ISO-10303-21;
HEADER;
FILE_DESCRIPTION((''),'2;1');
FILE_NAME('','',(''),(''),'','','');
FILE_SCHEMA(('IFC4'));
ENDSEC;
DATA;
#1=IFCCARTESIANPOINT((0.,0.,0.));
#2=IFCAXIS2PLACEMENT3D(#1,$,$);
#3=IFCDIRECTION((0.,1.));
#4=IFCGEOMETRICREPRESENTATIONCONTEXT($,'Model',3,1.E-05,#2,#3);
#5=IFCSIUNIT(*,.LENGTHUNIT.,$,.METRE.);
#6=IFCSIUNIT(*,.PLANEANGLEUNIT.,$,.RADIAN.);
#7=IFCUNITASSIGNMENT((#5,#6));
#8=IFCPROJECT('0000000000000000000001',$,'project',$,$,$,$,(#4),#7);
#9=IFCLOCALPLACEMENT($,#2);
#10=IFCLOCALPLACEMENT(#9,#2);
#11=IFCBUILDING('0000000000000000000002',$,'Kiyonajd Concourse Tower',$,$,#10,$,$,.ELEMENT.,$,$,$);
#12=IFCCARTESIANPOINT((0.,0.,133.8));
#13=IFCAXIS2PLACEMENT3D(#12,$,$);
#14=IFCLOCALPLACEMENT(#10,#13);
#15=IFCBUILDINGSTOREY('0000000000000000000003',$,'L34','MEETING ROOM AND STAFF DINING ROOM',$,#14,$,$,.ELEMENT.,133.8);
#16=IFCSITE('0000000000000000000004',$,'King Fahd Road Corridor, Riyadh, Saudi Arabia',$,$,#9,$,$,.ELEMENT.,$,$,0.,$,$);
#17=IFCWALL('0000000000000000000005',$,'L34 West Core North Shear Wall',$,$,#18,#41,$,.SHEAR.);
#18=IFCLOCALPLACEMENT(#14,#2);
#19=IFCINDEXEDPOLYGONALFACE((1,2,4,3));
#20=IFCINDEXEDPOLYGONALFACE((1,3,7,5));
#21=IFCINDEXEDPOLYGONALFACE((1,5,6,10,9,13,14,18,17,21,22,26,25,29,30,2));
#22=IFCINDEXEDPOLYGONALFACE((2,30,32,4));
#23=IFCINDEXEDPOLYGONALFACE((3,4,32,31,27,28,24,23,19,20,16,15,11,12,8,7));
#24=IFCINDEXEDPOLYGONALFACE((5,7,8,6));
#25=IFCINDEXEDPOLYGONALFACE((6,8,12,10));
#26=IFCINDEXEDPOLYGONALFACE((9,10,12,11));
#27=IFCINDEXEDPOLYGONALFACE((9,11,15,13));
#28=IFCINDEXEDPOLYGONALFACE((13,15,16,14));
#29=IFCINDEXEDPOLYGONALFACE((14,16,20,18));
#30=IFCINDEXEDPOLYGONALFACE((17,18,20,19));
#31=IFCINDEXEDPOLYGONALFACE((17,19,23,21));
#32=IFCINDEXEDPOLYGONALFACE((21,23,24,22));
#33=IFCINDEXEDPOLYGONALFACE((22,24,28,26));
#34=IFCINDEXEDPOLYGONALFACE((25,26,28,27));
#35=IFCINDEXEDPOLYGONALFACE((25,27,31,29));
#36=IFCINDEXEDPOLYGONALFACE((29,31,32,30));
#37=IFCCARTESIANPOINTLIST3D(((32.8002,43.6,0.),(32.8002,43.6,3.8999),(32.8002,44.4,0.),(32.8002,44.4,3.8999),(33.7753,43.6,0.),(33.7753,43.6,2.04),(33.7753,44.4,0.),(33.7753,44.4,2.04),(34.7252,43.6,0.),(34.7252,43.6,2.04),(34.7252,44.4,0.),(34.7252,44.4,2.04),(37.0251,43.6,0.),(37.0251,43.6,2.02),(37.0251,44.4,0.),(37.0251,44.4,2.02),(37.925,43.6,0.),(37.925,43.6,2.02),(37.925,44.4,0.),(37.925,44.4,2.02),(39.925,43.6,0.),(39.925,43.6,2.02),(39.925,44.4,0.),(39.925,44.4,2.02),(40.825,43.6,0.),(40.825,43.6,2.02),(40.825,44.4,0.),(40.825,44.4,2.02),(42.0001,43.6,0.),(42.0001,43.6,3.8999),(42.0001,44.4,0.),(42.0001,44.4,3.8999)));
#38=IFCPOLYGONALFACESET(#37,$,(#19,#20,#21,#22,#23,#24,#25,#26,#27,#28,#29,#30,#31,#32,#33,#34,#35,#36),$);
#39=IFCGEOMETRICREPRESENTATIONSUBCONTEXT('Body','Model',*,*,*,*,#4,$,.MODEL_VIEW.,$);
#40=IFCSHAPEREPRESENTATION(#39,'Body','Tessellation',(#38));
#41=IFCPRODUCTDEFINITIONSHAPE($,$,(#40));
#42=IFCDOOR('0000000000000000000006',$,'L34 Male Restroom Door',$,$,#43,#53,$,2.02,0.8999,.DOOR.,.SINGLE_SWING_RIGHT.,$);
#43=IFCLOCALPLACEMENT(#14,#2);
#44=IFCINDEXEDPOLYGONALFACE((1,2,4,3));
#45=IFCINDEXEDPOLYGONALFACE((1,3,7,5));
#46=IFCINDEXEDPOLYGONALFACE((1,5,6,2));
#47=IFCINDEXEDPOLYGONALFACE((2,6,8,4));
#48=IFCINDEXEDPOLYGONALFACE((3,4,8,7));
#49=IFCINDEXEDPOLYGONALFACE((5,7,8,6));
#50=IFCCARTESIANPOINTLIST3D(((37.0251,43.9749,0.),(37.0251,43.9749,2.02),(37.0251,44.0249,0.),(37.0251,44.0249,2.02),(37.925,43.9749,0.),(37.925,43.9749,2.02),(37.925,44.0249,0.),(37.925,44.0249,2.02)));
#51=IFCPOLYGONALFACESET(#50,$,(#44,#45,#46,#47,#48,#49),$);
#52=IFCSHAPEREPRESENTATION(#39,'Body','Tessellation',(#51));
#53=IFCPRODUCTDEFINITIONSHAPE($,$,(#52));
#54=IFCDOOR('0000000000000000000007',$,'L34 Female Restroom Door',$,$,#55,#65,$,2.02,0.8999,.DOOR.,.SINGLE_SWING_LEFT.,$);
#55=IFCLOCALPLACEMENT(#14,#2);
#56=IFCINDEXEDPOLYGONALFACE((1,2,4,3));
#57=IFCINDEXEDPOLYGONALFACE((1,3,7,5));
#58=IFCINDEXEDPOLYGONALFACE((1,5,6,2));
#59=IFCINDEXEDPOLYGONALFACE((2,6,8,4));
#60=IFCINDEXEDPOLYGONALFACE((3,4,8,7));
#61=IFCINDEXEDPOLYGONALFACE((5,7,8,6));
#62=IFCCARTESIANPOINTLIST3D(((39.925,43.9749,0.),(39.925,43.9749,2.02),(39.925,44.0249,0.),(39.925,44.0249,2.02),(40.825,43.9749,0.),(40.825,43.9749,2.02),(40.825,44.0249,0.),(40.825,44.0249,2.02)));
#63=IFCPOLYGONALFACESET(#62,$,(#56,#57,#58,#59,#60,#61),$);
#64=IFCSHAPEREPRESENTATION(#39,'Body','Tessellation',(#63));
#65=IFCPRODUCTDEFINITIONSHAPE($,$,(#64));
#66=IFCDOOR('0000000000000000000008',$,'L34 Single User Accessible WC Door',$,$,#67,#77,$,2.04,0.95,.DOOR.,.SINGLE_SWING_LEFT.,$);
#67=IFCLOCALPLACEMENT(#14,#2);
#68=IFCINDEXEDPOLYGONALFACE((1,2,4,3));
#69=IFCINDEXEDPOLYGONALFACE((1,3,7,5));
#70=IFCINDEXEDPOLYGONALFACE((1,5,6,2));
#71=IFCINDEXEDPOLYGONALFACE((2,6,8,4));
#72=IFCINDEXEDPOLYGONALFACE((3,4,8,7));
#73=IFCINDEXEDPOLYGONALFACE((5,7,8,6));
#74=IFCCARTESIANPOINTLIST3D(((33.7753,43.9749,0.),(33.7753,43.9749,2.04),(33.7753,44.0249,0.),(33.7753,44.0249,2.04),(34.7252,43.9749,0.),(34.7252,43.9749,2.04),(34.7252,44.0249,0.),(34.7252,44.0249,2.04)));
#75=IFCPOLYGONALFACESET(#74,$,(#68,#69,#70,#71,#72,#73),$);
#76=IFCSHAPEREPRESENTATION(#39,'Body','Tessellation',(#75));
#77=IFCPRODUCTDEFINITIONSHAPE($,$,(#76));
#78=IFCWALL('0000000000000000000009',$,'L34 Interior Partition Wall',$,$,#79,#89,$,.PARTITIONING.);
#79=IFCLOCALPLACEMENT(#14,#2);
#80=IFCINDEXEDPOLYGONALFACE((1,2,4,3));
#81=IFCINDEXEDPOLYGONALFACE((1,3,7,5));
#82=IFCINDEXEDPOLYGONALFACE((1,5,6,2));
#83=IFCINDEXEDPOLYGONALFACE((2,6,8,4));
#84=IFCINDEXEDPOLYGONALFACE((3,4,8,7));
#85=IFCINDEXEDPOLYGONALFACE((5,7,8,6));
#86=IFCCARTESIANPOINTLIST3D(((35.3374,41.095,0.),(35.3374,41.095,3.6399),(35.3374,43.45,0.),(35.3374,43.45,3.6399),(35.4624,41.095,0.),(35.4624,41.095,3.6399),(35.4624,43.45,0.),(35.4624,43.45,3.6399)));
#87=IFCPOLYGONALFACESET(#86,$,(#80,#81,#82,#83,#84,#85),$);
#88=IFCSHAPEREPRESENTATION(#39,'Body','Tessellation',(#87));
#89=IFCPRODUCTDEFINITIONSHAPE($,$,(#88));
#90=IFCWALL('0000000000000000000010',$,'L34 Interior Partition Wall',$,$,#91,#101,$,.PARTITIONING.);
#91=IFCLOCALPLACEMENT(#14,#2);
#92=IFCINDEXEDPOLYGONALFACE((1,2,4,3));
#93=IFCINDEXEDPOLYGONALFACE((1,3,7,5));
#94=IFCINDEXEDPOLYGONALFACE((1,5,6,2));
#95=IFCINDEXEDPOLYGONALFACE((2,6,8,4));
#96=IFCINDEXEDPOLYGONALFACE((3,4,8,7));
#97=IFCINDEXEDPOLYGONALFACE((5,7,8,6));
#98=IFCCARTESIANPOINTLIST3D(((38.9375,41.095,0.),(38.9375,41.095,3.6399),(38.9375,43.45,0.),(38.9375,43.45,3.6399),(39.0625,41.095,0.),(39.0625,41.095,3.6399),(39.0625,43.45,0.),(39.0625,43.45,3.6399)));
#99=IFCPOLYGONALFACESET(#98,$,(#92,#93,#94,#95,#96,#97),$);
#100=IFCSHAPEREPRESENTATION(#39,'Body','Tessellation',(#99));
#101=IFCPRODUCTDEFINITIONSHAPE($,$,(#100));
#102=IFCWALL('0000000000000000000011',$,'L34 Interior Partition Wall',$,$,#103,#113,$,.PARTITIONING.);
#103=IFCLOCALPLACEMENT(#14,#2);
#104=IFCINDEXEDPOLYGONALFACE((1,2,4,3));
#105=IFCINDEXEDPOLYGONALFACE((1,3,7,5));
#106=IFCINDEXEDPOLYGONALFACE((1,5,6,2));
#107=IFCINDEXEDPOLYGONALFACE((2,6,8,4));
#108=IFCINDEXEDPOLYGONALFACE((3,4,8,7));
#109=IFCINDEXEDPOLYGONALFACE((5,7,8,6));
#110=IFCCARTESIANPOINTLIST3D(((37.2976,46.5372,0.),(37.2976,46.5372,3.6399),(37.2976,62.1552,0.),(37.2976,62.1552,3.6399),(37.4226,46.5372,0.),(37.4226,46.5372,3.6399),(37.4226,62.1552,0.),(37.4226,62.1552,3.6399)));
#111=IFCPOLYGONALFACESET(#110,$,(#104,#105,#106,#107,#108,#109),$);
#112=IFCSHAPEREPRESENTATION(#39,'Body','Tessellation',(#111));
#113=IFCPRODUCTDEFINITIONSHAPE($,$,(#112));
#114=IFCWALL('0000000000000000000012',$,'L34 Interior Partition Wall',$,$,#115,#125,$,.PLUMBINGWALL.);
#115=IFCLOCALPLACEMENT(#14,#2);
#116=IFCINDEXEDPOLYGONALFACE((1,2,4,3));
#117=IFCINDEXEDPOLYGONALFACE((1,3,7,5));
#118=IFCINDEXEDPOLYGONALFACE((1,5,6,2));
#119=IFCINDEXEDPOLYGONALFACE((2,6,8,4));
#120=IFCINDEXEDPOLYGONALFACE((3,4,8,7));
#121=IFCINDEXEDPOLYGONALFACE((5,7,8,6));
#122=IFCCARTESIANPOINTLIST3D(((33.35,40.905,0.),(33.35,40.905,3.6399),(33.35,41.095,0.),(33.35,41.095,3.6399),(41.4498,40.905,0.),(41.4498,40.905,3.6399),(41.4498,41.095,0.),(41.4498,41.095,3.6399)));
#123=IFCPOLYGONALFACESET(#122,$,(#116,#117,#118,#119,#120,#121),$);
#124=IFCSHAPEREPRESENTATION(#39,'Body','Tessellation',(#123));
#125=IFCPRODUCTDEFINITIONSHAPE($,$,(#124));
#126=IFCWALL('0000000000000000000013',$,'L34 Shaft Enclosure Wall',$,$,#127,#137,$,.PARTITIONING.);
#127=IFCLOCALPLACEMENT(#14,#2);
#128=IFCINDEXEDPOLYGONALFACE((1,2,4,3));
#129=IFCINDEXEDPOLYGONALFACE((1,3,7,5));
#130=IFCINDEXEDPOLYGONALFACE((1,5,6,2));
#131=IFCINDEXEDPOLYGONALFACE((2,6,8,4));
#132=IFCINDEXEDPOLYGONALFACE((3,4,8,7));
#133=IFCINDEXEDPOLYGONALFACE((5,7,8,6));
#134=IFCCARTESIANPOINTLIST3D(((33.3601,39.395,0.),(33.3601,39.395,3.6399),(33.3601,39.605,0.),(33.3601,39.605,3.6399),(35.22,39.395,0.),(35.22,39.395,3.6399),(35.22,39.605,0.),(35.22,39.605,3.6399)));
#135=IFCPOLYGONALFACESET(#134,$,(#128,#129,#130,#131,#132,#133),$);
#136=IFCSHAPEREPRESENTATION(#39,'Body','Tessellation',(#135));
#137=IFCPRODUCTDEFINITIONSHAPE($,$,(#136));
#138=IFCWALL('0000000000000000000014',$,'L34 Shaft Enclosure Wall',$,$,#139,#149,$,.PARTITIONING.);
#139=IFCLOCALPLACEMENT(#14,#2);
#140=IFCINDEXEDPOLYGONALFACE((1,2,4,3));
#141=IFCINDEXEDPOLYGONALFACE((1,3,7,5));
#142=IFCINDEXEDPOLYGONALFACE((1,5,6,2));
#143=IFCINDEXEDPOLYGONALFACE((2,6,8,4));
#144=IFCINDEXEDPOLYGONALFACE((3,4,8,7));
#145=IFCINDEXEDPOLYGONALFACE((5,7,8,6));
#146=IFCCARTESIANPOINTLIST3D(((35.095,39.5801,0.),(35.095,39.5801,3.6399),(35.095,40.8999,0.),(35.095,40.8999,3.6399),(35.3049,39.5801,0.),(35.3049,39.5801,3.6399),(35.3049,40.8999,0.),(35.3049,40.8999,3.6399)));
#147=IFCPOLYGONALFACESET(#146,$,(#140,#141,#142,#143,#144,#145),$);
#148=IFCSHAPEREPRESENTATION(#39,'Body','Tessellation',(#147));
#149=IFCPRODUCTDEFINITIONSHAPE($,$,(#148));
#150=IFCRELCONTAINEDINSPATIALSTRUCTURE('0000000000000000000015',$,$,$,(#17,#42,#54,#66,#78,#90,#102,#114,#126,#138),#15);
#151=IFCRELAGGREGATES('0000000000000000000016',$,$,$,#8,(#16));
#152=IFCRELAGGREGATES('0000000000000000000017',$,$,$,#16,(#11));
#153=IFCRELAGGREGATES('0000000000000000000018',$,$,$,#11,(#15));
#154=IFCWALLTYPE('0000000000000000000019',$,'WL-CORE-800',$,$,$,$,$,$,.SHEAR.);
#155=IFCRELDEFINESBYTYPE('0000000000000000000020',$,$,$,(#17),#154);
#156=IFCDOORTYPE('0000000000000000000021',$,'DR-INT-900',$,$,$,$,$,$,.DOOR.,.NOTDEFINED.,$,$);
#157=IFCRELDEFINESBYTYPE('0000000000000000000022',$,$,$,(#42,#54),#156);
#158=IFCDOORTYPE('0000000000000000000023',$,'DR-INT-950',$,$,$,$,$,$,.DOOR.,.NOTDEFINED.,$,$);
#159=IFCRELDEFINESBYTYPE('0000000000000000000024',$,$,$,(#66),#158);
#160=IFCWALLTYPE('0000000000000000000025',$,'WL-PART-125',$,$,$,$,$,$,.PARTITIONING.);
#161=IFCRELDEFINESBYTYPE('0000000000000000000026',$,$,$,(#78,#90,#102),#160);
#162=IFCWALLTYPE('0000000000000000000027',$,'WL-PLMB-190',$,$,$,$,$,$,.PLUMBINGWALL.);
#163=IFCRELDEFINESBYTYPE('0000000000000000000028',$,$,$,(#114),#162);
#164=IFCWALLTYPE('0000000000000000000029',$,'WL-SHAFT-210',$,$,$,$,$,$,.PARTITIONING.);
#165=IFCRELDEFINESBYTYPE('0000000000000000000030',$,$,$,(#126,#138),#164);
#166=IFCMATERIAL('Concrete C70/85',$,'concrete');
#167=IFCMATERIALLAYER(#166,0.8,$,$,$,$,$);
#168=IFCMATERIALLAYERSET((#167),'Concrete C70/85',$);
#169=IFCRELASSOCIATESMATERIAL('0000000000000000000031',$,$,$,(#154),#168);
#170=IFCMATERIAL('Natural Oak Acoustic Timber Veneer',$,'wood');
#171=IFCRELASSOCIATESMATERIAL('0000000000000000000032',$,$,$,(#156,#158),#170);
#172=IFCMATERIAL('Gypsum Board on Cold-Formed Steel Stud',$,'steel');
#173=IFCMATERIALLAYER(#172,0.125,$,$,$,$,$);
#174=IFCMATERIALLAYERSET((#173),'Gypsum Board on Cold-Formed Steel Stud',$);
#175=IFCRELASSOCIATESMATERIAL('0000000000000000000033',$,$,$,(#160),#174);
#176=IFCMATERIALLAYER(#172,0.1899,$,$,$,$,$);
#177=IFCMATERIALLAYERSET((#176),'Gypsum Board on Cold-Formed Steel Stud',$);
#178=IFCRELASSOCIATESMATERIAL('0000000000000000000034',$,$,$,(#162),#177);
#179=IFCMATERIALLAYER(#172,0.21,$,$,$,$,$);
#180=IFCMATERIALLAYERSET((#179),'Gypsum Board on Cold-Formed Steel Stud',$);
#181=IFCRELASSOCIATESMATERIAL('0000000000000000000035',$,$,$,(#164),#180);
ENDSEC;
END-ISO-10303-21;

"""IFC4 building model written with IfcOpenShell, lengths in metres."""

from ifc_helpers import new_model, si_unit, direction, frame, frame_2d, origin, place, context, subcontext, project, spatial, rectangle, extrude, material, layer, layer_set, type_object, element, fill, save


model = new_model("IFC4")

# Units and contexts
model_context = context("Model", 3, precision=1e-05, world=origin(), true_north=direction((0.0, 1.0)))
body_context = subcontext(model_context, "Body", "Model", "MODEL_VIEW")
ifc_project = project(units=[si_unit("LENGTHUNIT", "METRE"), si_unit("PLANEANGLEUNIT", "RADIAN")], contexts=[model_context])

# Site, building, storey
site_placement = place(None, origin())
site = spatial("IfcSite", under=ifc_project, at=site_placement, Name="King Fahd Road Corridor, Riyadh, Saudi Arabia", CompositionType="ELEMENT", RefElevation=0.0)
building_placement = place(site_placement, origin())
building = spatial("IfcBuilding", under=site, at=building_placement, Name="Kiyonajd Concourse Tower", CompositionType="ELEMENT")
storey_placement = place(building_placement, frame((0.0, 0.0, 133.8)))
storey = spatial("IfcBuildingStorey", under=building, at=storey_placement, Name="L34", Description="MEETING ROOM AND STAFF DINING ROOM", CompositionType="ELEMENT", Elevation=133.8)

# Shared definitions
ifc_material_1 = material(Name="Concrete C70/85", Category="concrete")

# Shared definitions
ifc_layer_1 = layer(ifc_material_1, 0.8)
ifc_layer_set_1 = layer_set([ifc_layer_1], Name="Concrete C70/85")
wall_type_1 = type_object("IfcWallType", Name="WL-CORE-800", PredefinedType="SHEAR", material=ifc_layer_set_1)

# Wall, openings, doors
wall_1_placement = place(storey_placement, frame((32.8, 44.0, 0.0), z_axis=(0.0, 0.0, 1.0), x_axis=(1.0, 0.0, 0.0)))
wall_1 = element("IfcWall", 1, at=wall_1_placement, inside=storey, type_object=wall_type_1, Name="L34 West Core North Shear Wall", PredefinedType="SHEAR", context=body_context, shape_type="SweptSolid", body=[
    extrude(rectangle(XDim=9.2, YDim=0.8, at=frame_2d((4.6001, 0.0))), origin(), (0.0, 0.0, 1.0), 3.8999),
])
opening_1_placement = place(wall_1_placement, frame((0.9751, 0.0, 0.0)))
opening_1 = element("IfcOpeningElement", 2, at=opening_1_placement, cuts=wall_1, PredefinedType="OPENING", context=body_context, shape_type="SweptSolid", body=[
    extrude(rectangle(XDim=0.95, YDim=2.04, at=frame_2d((0.4751, 1.02))), frame((0.0, 0.4099, 0.0), z_axis=(0.0, -1.0, 0.0), x_axis=(1.0, 0.0, 0.0)), (0.0, 0.0, 1.0), 0.8201),
])
opening_2_placement = place(wall_1_placement, frame((4.2251, 0.0, 0.0)))
opening_2 = element("IfcOpeningElement", 3, at=opening_2_placement, cuts=wall_1, PredefinedType="OPENING", context=body_context, shape_type="SweptSolid", body=[
    extrude(rectangle(XDim=0.8999, YDim=2.02, at=frame_2d((0.45, 1.01))), frame((0.0, 0.4099, 0.0), z_axis=(0.0, -1.0, 0.0), x_axis=(1.0, 0.0, 0.0)), (0.0, 0.0, 1.0), 0.8201),
])
opening_3_placement = place(wall_1_placement, frame((7.125, 0.0, 0.0)))
opening_3 = element("IfcOpeningElement", 4, at=opening_3_placement, cuts=wall_1, PredefinedType="OPENING", context=body_context, shape_type="SweptSolid", body=[
    extrude(rectangle(XDim=0.8999, YDim=2.02, at=frame_2d((0.45, 1.01))), frame((0.0, 0.4099, 0.0), z_axis=(0.0, -1.0, 0.0), x_axis=(1.0, 0.0, 0.0)), (0.0, 0.0, 1.0), 0.8201),
])
ifc_material_2 = material(Name="Natural Oak Acoustic Timber Veneer", Category="wood")
door_type_1 = type_object("IfcDoorType", Name="DR-INT-900", OperationType="NOTDEFINED", PredefinedType="DOOR", material=ifc_material_2)
door_1_placement = place(opening_2_placement, origin())
door_1 = element("IfcDoor", 5, at=door_1_placement, inside=storey, type_object=door_type_1, Name="L34 Male Restroom Door", OperationType="SINGLE_SWING_RIGHT", OverallHeight=2.02, OverallWidth=0.8999, PredefinedType="DOOR", context=body_context, shape_type="SweptSolid", body=[
    extrude(rectangle(XDim=0.8999, YDim=2.02, at=frame_2d((0.45, 1.01))), frame((0.0, 0.0249, 0.0), z_axis=(0.0, -1.0, 0.0), x_axis=(1.0, 0.0, 0.0)), (0.0, 0.0, 1.0), 0.05),
])
fill(opening_2, door_1)
door_2_placement = place(opening_3_placement, origin())
door_2 = element("IfcDoor", 6, at=door_2_placement, inside=storey, type_object=door_type_1, Name="L34 Female Restroom Door", OperationType="SINGLE_SWING_LEFT", OverallHeight=2.02, OverallWidth=0.8999, PredefinedType="DOOR", context=body_context, shape_type="SweptSolid", body=[
    extrude(rectangle(XDim=0.8999, YDim=2.02, at=frame_2d((0.45, 1.01))), frame((0.0, 0.0249, 0.0), z_axis=(0.0, -1.0, 0.0), x_axis=(1.0, 0.0, 0.0)), (0.0, 0.0, 1.0), 0.05),
])
fill(opening_3, door_2)
door_type_2 = type_object("IfcDoorType", Name="DR-INT-950", OperationType="NOTDEFINED", PredefinedType="DOOR", material=ifc_material_2)
door_3_placement = place(opening_1_placement, origin())
door_3 = element("IfcDoor", 7, at=door_3_placement, inside=storey, type_object=door_type_2, Name="L34 Single User Accessible WC Door", OperationType="SINGLE_SWING_LEFT", OverallHeight=2.04, OverallWidth=0.95, PredefinedType="DOOR", context=body_context, shape_type="SweptSolid", body=[
    extrude(rectangle(XDim=0.95, YDim=2.04, at=frame_2d((0.4751, 1.02))), frame((0.0, 0.0249, 0.0), z_axis=(0.0, -1.0, 0.0), x_axis=(1.0, 0.0, 0.0)), (0.0, 0.0, 1.0), 0.05),
])
fill(opening_1, door_3)

# Walls
ifc_material_3 = material(Name="Gypsum Board on Cold-Formed Steel Stud", Category="steel")
ifc_layer_2 = layer(ifc_material_3, 0.125)
ifc_layer_set_2 = layer_set([ifc_layer_2], Name="Gypsum Board on Cold-Formed Steel Stud")
wall_type_2 = type_object("IfcWallType", Name="WL-PART-125", PredefinedType="PARTITIONING", material=ifc_layer_set_2)
for number, where, z_axis, x_axis, name in (
    (8, (35.3999, 41.095, 0.0), (0.0, 0.0, 1.0), (0.0, 1.0, 0.0), "L34 Interior Partition Wall"),
    (9, (39.0, 41.095, 0.0), (0.0, 0.0, 1.0), (0.0, 1.0, 0.0), "L34 Interior Partition Wall"),
):
    element("IfcWall", number, at=place(storey_placement, frame(where, z_axis=z_axis, x_axis=x_axis)), inside=storey, type_object=wall_type_2, Name=name, PredefinedType="PARTITIONING", context=body_context, shape_type="SweptSolid", body=[
        extrude(rectangle(XDim=2.355, YDim=0.125, at=frame_2d((1.1775, 0.0))), origin(), (0.0, 0.0, 1.0), 3.6399),
    ])
wall_2_placement = place(storey_placement, frame((37.3601, 46.5371, 0.0), z_axis=(0.0, 0.0, 1.0), x_axis=(0.0, 1.0, 0.0)))
element("IfcWall", 10, at=wall_2_placement, inside=storey, type_object=wall_type_2, Name="L34 Interior Partition Wall", PredefinedType="PARTITIONING", context=body_context, shape_type="SweptSolid", body=[
    extrude(rectangle(XDim=15.6179, YDim=0.125, at=frame_2d((7.8091, 0.0))), origin(), (0.0, 0.0, 1.0), 3.6399),
])
ifc_layer_3 = layer(ifc_material_3, 0.1899)
ifc_layer_set_3 = layer_set([ifc_layer_3], Name="Gypsum Board on Cold-Formed Steel Stud")
wall_type_3 = type_object("IfcWallType", Name="WL-PLMB-190", PredefinedType="PLUMBINGWALL", material=ifc_layer_set_3)
wall_3_placement = place(storey_placement, frame((33.3501, 41.0, 0.0), z_axis=(0.0, 0.0, 1.0), x_axis=(1.0, 0.0, 0.0)))
element("IfcWall", 11, at=wall_3_placement, inside=storey, type_object=wall_type_3, Name="L34 Interior Partition Wall", PredefinedType="PLUMBINGWALL", context=body_context, shape_type="SweptSolid", body=[
    extrude(rectangle(XDim=8.0999, YDim=0.1899, at=frame_2d((4.0498, 0.0))), origin(), (0.0, 0.0, 1.0), 3.6399),
])
ifc_layer_4 = layer(ifc_material_3, 0.21)
ifc_layer_set_4 = layer_set([ifc_layer_4], Name="Gypsum Board on Cold-Formed Steel Stud")
wall_type_4 = type_object("IfcWallType", Name="WL-SHAFT-210", PredefinedType="PARTITIONING", material=ifc_layer_set_4)
wall_4_placement = place(storey_placement, frame((33.3601, 39.5, 0.0), z_axis=(0.0, 0.0, 1.0), x_axis=(1.0, 0.0, 0.0)))
element("IfcWall", 12, at=wall_4_placement, inside=storey, type_object=wall_type_4, Name="L34 Shaft Enclosure Wall", PredefinedType="PARTITIONING", context=body_context, shape_type="SweptSolid", body=[
    extrude(rectangle(XDim=1.8599, YDim=0.21, at=frame_2d((0.9299, 0.0))), origin(), (0.0, 0.0, 1.0), 3.6399),
])
wall_5_placement = place(storey_placement, frame((35.2, 39.5801, 0.0), z_axis=(0.0, 0.0, 1.0), x_axis=(0.0, 1.0, 0.0)))
element("IfcWall", 13, at=wall_5_placement, inside=storey, type_object=wall_type_4, Name="L34 Shaft Enclosure Wall", PredefinedType="PARTITIONING", context=body_context, shape_type="SweptSolid", body=[
    extrude(rectangle(XDim=1.3198, YDim=0.21, at=frame_2d((0.6599, 0.0))), origin(), (0.0, 0.0, 1.0), 3.6399),
])

save(model, "model.ifc")
